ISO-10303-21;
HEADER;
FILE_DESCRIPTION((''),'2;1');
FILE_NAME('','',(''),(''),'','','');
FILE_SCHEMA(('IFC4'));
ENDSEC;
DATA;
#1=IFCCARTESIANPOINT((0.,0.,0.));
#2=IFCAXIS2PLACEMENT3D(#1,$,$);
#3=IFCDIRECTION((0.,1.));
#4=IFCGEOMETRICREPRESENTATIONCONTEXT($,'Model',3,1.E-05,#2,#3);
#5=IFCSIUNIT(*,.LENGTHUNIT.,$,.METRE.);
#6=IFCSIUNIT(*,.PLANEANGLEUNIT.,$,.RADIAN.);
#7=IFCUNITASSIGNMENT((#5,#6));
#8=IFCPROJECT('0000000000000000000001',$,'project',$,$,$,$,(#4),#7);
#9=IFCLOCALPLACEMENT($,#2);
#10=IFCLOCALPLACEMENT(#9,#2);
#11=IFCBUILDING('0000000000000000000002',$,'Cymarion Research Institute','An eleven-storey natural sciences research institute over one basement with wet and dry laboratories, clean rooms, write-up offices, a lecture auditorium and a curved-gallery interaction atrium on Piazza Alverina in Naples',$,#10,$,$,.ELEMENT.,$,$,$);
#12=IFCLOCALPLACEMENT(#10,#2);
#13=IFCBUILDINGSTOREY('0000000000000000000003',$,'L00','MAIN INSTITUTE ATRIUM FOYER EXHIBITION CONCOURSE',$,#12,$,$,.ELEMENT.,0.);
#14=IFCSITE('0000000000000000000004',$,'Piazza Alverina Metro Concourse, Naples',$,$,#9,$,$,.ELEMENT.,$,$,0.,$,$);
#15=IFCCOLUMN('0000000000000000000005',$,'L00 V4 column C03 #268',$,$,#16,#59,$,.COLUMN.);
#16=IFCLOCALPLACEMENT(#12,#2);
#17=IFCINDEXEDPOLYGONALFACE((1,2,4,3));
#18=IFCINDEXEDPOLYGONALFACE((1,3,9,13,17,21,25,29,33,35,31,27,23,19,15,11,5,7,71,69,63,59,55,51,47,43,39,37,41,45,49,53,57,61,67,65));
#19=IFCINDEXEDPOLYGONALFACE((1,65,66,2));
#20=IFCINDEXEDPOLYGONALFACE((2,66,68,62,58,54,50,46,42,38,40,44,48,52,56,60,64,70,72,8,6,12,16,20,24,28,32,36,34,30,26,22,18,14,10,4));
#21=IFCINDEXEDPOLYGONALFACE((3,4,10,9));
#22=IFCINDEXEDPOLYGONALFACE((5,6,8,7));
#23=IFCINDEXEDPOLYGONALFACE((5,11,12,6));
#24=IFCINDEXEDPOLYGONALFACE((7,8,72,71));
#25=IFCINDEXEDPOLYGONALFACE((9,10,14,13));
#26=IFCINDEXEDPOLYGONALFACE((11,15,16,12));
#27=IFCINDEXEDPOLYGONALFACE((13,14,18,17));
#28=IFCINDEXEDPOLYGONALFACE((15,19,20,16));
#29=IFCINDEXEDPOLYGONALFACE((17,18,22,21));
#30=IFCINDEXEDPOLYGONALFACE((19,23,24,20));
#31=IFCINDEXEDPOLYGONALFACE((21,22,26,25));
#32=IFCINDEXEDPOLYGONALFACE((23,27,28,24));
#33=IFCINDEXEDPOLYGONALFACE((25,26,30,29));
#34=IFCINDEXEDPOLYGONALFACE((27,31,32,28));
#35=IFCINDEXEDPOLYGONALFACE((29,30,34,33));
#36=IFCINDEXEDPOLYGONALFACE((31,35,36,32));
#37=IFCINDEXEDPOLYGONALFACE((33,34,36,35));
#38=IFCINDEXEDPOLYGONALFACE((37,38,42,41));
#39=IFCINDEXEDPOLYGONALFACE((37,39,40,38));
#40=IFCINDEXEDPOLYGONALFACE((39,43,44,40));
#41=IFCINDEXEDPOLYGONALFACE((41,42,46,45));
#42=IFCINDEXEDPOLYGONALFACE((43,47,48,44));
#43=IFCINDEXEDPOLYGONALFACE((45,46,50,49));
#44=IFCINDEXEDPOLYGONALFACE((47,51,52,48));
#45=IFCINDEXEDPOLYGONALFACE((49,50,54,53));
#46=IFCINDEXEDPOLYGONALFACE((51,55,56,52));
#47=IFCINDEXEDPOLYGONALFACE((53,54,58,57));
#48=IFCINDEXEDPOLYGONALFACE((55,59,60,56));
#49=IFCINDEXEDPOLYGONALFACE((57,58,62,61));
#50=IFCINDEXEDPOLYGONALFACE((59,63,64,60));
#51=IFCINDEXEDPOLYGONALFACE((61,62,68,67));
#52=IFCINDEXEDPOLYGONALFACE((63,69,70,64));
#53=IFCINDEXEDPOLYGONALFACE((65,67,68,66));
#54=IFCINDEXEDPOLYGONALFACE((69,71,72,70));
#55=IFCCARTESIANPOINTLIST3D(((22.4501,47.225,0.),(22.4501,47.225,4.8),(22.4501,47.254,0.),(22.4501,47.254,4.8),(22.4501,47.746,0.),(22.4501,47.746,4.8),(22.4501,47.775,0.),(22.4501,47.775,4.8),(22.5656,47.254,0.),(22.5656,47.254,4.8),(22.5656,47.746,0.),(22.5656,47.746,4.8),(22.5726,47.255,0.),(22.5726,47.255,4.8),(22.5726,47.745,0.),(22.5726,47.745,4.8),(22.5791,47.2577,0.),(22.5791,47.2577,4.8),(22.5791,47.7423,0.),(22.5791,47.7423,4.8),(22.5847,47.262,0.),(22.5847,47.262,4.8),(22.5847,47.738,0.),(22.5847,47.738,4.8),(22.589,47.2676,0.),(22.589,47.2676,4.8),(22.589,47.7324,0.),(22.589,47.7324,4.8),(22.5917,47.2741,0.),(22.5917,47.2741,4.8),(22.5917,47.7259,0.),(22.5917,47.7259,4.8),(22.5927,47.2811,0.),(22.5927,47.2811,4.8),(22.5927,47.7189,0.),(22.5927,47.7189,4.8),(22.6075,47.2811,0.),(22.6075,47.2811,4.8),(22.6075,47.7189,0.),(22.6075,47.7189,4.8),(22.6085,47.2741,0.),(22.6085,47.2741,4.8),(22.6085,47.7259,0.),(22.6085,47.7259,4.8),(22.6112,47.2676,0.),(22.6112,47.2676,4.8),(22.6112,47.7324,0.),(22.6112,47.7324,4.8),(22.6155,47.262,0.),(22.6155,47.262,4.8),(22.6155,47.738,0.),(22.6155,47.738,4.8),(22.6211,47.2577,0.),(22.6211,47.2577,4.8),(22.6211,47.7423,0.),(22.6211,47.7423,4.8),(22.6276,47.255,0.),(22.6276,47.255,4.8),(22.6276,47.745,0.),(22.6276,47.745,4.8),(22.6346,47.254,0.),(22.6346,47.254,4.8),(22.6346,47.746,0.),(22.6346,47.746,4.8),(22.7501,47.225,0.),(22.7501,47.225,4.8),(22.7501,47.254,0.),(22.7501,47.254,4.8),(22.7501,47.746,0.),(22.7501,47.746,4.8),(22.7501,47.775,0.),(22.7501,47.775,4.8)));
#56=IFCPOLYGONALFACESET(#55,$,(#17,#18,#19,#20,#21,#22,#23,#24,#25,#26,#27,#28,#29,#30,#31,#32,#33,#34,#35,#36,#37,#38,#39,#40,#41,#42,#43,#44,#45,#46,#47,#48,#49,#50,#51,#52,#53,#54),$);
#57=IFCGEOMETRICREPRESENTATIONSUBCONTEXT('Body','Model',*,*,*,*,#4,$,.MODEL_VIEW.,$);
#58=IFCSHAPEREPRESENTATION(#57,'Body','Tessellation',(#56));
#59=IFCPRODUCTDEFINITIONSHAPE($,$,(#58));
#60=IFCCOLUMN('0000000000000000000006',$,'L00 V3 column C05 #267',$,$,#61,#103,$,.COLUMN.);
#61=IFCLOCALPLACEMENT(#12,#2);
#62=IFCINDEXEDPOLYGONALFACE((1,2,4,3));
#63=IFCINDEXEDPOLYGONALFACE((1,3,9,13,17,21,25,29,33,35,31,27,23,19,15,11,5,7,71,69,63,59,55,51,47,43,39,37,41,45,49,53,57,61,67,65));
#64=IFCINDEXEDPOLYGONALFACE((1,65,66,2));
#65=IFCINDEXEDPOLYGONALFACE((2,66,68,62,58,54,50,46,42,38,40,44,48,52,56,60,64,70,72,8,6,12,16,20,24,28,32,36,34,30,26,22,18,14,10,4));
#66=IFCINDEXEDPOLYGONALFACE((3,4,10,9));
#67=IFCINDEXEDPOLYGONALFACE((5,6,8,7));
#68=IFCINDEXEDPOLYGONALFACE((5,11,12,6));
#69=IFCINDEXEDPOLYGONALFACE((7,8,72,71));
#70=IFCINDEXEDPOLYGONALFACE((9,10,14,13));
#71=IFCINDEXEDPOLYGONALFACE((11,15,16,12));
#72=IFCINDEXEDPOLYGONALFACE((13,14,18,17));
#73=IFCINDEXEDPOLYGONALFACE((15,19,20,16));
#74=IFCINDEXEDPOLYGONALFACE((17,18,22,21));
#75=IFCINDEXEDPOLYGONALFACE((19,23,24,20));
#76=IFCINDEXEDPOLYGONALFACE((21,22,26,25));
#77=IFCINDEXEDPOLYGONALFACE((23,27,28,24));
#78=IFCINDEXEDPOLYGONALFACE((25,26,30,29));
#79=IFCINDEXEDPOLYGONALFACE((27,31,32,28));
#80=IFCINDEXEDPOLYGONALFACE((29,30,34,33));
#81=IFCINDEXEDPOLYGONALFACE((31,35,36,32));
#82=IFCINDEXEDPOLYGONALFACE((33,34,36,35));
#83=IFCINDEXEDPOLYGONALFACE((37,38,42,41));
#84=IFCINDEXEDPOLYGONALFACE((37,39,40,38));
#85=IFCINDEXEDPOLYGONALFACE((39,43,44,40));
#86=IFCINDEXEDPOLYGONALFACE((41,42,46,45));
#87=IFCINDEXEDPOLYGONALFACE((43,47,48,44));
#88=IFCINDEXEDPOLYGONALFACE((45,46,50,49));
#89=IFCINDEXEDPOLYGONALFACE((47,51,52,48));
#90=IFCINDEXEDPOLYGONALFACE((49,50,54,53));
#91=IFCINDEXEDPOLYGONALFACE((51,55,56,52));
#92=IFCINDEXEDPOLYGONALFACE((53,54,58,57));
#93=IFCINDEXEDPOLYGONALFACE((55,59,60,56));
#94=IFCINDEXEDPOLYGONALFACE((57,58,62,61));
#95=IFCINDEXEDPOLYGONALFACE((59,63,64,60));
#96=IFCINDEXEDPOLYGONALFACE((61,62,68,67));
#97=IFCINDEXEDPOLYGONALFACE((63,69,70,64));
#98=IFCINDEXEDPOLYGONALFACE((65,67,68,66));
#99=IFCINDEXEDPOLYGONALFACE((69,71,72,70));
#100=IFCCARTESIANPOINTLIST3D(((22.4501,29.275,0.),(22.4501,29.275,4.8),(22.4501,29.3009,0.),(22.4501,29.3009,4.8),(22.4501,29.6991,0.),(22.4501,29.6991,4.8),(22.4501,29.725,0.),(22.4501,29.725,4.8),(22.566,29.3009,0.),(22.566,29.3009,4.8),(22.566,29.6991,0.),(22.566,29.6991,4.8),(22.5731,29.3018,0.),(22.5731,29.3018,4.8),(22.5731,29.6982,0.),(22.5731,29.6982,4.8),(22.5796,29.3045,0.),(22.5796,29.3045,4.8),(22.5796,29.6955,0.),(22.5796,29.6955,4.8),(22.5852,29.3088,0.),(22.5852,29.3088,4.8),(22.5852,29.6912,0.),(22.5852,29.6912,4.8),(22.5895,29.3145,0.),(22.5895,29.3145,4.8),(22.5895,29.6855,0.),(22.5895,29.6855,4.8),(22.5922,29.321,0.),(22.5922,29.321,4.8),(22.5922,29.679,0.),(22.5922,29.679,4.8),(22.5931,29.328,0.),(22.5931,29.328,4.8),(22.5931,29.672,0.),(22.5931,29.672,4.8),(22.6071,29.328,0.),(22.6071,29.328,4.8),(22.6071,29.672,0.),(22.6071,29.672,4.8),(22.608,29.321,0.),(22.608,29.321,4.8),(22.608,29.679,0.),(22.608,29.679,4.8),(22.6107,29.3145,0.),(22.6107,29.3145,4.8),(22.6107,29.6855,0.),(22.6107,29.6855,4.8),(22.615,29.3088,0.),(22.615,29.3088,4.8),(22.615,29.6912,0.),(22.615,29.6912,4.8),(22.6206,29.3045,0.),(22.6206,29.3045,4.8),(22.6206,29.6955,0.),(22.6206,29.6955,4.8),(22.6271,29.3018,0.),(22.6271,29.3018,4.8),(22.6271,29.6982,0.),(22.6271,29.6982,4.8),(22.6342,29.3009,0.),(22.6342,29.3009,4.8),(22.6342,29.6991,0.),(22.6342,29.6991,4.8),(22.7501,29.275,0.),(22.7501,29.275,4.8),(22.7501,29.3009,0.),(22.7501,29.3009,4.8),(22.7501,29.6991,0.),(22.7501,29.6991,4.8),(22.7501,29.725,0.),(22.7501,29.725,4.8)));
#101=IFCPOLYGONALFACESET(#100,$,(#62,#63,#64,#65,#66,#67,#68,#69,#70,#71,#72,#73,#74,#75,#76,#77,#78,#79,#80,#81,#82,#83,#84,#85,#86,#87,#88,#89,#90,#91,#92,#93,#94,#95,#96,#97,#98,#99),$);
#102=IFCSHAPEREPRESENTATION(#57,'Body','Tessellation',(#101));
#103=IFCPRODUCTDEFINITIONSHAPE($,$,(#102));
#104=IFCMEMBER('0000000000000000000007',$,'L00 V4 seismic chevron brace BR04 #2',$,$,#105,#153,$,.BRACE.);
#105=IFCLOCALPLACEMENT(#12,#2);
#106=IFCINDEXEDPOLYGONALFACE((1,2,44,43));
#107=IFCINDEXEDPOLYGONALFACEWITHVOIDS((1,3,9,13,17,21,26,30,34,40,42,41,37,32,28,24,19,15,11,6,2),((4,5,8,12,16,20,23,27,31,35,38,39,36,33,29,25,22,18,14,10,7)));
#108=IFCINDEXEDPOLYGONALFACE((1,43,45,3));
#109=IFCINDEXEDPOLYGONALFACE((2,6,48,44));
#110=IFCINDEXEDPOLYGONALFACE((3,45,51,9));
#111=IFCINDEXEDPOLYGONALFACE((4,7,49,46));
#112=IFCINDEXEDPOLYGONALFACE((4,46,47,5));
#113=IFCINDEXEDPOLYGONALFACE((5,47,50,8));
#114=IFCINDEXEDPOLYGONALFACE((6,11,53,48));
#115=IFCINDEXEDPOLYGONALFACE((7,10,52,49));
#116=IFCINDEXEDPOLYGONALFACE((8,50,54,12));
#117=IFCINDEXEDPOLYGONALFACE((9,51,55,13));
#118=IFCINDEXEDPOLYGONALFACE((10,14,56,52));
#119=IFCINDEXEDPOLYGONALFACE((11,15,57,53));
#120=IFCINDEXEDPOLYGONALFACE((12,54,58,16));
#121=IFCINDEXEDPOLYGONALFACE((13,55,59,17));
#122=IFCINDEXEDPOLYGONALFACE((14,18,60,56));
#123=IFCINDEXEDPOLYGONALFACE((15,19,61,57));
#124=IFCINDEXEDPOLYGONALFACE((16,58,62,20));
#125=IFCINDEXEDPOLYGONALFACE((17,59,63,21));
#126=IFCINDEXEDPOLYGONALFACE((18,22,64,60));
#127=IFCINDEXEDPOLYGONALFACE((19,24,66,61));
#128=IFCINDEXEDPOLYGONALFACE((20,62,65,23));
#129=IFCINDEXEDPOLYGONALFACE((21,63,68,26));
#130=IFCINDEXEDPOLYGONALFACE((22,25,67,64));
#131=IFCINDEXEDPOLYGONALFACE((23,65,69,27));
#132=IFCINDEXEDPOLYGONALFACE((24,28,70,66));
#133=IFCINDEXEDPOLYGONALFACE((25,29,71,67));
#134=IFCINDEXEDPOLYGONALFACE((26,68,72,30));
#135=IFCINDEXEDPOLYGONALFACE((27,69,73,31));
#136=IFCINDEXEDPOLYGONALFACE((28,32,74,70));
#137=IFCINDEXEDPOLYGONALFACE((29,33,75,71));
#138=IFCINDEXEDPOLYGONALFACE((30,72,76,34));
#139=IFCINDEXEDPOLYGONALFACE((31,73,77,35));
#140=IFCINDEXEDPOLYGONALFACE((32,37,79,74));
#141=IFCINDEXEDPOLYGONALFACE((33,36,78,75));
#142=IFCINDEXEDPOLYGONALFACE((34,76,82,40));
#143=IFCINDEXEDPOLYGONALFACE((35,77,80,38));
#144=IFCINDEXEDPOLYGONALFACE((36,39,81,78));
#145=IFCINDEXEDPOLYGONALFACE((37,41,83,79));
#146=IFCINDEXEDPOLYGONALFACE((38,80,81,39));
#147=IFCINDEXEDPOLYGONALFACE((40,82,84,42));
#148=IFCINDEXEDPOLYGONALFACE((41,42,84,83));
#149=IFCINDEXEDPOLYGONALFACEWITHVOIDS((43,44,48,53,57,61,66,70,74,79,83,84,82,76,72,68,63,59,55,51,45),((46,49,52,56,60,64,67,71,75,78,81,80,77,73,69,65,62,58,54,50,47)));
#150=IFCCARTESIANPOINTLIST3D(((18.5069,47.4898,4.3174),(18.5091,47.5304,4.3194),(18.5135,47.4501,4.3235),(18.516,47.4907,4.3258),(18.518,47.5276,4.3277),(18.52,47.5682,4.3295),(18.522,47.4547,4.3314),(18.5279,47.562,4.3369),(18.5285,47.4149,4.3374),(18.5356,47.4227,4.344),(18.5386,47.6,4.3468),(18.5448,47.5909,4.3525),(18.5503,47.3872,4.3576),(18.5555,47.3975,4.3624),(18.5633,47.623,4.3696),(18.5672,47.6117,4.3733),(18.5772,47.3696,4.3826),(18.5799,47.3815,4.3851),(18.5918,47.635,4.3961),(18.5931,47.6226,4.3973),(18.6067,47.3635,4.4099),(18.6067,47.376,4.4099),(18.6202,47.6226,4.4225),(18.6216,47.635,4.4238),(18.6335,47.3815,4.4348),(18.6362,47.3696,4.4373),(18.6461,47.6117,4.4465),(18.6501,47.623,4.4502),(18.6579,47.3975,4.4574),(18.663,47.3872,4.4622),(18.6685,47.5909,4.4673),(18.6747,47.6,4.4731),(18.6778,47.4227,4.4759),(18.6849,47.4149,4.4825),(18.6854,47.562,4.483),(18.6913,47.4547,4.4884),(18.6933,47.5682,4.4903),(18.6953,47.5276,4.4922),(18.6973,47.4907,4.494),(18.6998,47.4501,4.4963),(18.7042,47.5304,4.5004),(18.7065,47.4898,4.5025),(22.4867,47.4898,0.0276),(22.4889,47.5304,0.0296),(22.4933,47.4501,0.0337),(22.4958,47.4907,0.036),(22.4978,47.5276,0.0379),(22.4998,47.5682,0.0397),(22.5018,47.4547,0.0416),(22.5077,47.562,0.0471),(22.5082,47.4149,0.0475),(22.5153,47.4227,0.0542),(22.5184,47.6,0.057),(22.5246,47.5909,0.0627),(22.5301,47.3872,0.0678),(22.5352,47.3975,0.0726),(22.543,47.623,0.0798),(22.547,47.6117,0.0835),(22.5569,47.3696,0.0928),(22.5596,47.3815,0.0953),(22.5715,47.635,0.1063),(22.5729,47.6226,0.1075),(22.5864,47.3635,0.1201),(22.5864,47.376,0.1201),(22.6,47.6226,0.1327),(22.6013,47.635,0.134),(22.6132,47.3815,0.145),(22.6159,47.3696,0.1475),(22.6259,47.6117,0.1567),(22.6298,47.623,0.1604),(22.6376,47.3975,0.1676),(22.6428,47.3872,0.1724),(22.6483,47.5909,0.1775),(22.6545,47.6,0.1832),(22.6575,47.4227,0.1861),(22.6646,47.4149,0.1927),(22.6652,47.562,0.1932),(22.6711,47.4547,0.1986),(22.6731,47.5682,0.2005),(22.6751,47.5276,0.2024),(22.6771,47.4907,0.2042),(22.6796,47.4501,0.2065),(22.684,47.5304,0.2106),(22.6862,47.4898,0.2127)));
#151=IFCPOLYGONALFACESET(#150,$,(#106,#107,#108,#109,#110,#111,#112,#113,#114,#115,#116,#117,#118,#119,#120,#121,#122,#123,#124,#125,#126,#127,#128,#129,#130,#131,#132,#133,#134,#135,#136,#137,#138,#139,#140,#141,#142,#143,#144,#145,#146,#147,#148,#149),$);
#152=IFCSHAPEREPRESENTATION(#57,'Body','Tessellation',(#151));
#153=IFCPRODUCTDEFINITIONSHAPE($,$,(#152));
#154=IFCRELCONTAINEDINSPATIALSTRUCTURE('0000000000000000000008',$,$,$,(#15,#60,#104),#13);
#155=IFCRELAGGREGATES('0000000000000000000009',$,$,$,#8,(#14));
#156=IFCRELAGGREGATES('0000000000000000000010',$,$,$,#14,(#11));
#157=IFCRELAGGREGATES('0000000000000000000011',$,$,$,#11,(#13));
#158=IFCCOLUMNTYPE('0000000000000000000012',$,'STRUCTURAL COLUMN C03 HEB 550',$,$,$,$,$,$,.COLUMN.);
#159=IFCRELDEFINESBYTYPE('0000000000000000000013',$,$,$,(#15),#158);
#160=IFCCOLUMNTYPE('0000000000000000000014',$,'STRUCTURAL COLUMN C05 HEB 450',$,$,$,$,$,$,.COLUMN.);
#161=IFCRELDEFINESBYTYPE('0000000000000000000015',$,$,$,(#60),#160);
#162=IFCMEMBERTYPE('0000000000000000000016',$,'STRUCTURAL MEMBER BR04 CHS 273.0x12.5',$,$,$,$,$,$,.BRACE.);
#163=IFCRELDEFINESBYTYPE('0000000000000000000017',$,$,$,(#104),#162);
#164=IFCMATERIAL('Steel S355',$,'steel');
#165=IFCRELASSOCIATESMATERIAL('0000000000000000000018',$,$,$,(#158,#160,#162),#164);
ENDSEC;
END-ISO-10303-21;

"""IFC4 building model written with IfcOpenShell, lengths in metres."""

from ifc_helpers import new_model, si_unit, direction, frame, origin, origin_2d, place, context, subcontext, project, spatial, hollow_circle, i_section, extrude, material, material_profile, profile_set, type_object, element, save


model = new_model("IFC4")

# Units and contexts
model_context = context("Model", 3, precision=1e-05, world=origin(), true_north=direction((0.0, 1.0)))
body_context = subcontext(model_context, "Body", "Model", "MODEL_VIEW")
ifc_project = project(units=[si_unit("LENGTHUNIT", "METRE"), si_unit("PLANEANGLEUNIT", "RADIAN")], contexts=[model_context])

# Site, building, storey
site_placement = place(None, origin())
site = spatial("IfcSite", under=ifc_project, at=site_placement, Name="Piazza Alverina Metro Concourse, Naples", CompositionType="ELEMENT", RefElevation=0.0)
building_placement = place(site_placement, origin())
building = spatial("IfcBuilding", under=site, at=building_placement, Name="Cymarion Research Institute", Description="An eleven-storey natural sciences research institute over one basement with wet and dry laboratories, clean rooms, write-up offices, a lecture auditorium and a curved-gallery interaction atrium on Piazza Alverina in Naples", CompositionType="ELEMENT")
storey_placement = place(building_placement, origin())
storey = spatial("IfcBuildingStorey", under=building, at=storey_placement, Name="L00", Description="MAIN INSTITUTE ATRIUM FOYER EXHIBITION CONCOURSE", CompositionType="ELEMENT", Elevation=0.0)

# Columns
ifc_material_1 = material(Name="Steel S355", Category="steel")
ifc_material_profile_1 = material_profile(ifc_material_1, i_section(OverallWidth=0.3, OverallDepth=0.55, WebThickness=0.0149, FlangeThickness=0.0291, FilletRadius=0.0271, at=origin_2d()), Name="HEB 550")
ifc_profile_set_1 = profile_set([ifc_material_profile_1], Name="Steel S355")
column_type_1 = type_object("IfcColumnType", Name="STRUCTURAL COLUMN C03 HEB 550", PredefinedType="COLUMN", material=ifc_profile_set_1)
column_1_placement = place(storey_placement, frame((22.6001, 47.5, 0.0), z_axis=(0.0, 0.0, 1.0), x_axis=(1.0, 0.0, 0.0)))
element("IfcColumn", 1, at=column_1_placement, inside=storey, type_object=column_type_1, Name="L00 V4 column C03 #268", PredefinedType="COLUMN", context=body_context, shape_type="SweptSolid", body=[
    extrude(i_section(OverallWidth=0.3, OverallDepth=0.55, WebThickness=0.0149, FlangeThickness=0.0291, FilletRadius=0.0271, at=origin_2d()), origin(), (0.0, 0.0, 1.0), 4.8),
])
ifc_material_profile_2 = material_profile(ifc_material_1, i_section(OverallWidth=0.3, OverallDepth=0.45, WebThickness=0.0139, FlangeThickness=0.0259, FilletRadius=0.0271, at=origin_2d()), Name="HEB 450")
ifc_profile_set_2 = profile_set([ifc_material_profile_2], Name="Steel S355")
column_type_2 = type_object("IfcColumnType", Name="STRUCTURAL COLUMN C05 HEB 450", PredefinedType="COLUMN", material=ifc_profile_set_2)
column_2_placement = place(storey_placement, frame((22.6001, 29.5, 0.0), z_axis=(0.0, 0.0, 1.0), x_axis=(1.0, 0.0, 0.0)))
element("IfcColumn", 2, at=column_2_placement, inside=storey, type_object=column_type_2, Name="L00 V3 column C05 #267", PredefinedType="COLUMN", context=body_context, shape_type="SweptSolid", body=[
    extrude(i_section(OverallWidth=0.3, OverallDepth=0.45, WebThickness=0.0139, FlangeThickness=0.0259, FilletRadius=0.0271, at=origin_2d()), origin(), (0.0, 0.0, 1.0), 4.8),
])

# Member
ifc_material_profile_3 = material_profile(ifc_material_1, hollow_circle(Radius=0.1365, WallThickness=0.0125, at=origin_2d()), Name="CHS 273.0x12.5")
ifc_profile_set_3 = profile_set([ifc_material_profile_3], Name="Steel S355")
member_type = type_object("IfcMemberType", Name="STRUCTURAL MEMBER BR04 CHS 273.0x12.5", PredefinedType="BRACE", material=ifc_profile_set_3)
for number, where, z_axis, x_axis, name in (
    (3, (22.5864, 47.5, 0.1201), (-0.680117, 0.0, 0.733104), (0.0, -1.0, 0.0), "L00 V4 seismic chevron brace BR04 #2"),
):
    element("IfcMember", number, at=place(storey_placement, frame(where, z_axis=z_axis, x_axis=x_axis)), inside=storey, type_object=member_type, Name=name, PredefinedType="BRACE", context=body_context, shape_type="SweptSolid", body=[
        extrude(hollow_circle(Radius=0.1365, WallThickness=0.0125, at=origin_2d()), origin(), (0.0, 0.0, 1.0), 5.8516),
    ])

save(model, "model.ifc")
